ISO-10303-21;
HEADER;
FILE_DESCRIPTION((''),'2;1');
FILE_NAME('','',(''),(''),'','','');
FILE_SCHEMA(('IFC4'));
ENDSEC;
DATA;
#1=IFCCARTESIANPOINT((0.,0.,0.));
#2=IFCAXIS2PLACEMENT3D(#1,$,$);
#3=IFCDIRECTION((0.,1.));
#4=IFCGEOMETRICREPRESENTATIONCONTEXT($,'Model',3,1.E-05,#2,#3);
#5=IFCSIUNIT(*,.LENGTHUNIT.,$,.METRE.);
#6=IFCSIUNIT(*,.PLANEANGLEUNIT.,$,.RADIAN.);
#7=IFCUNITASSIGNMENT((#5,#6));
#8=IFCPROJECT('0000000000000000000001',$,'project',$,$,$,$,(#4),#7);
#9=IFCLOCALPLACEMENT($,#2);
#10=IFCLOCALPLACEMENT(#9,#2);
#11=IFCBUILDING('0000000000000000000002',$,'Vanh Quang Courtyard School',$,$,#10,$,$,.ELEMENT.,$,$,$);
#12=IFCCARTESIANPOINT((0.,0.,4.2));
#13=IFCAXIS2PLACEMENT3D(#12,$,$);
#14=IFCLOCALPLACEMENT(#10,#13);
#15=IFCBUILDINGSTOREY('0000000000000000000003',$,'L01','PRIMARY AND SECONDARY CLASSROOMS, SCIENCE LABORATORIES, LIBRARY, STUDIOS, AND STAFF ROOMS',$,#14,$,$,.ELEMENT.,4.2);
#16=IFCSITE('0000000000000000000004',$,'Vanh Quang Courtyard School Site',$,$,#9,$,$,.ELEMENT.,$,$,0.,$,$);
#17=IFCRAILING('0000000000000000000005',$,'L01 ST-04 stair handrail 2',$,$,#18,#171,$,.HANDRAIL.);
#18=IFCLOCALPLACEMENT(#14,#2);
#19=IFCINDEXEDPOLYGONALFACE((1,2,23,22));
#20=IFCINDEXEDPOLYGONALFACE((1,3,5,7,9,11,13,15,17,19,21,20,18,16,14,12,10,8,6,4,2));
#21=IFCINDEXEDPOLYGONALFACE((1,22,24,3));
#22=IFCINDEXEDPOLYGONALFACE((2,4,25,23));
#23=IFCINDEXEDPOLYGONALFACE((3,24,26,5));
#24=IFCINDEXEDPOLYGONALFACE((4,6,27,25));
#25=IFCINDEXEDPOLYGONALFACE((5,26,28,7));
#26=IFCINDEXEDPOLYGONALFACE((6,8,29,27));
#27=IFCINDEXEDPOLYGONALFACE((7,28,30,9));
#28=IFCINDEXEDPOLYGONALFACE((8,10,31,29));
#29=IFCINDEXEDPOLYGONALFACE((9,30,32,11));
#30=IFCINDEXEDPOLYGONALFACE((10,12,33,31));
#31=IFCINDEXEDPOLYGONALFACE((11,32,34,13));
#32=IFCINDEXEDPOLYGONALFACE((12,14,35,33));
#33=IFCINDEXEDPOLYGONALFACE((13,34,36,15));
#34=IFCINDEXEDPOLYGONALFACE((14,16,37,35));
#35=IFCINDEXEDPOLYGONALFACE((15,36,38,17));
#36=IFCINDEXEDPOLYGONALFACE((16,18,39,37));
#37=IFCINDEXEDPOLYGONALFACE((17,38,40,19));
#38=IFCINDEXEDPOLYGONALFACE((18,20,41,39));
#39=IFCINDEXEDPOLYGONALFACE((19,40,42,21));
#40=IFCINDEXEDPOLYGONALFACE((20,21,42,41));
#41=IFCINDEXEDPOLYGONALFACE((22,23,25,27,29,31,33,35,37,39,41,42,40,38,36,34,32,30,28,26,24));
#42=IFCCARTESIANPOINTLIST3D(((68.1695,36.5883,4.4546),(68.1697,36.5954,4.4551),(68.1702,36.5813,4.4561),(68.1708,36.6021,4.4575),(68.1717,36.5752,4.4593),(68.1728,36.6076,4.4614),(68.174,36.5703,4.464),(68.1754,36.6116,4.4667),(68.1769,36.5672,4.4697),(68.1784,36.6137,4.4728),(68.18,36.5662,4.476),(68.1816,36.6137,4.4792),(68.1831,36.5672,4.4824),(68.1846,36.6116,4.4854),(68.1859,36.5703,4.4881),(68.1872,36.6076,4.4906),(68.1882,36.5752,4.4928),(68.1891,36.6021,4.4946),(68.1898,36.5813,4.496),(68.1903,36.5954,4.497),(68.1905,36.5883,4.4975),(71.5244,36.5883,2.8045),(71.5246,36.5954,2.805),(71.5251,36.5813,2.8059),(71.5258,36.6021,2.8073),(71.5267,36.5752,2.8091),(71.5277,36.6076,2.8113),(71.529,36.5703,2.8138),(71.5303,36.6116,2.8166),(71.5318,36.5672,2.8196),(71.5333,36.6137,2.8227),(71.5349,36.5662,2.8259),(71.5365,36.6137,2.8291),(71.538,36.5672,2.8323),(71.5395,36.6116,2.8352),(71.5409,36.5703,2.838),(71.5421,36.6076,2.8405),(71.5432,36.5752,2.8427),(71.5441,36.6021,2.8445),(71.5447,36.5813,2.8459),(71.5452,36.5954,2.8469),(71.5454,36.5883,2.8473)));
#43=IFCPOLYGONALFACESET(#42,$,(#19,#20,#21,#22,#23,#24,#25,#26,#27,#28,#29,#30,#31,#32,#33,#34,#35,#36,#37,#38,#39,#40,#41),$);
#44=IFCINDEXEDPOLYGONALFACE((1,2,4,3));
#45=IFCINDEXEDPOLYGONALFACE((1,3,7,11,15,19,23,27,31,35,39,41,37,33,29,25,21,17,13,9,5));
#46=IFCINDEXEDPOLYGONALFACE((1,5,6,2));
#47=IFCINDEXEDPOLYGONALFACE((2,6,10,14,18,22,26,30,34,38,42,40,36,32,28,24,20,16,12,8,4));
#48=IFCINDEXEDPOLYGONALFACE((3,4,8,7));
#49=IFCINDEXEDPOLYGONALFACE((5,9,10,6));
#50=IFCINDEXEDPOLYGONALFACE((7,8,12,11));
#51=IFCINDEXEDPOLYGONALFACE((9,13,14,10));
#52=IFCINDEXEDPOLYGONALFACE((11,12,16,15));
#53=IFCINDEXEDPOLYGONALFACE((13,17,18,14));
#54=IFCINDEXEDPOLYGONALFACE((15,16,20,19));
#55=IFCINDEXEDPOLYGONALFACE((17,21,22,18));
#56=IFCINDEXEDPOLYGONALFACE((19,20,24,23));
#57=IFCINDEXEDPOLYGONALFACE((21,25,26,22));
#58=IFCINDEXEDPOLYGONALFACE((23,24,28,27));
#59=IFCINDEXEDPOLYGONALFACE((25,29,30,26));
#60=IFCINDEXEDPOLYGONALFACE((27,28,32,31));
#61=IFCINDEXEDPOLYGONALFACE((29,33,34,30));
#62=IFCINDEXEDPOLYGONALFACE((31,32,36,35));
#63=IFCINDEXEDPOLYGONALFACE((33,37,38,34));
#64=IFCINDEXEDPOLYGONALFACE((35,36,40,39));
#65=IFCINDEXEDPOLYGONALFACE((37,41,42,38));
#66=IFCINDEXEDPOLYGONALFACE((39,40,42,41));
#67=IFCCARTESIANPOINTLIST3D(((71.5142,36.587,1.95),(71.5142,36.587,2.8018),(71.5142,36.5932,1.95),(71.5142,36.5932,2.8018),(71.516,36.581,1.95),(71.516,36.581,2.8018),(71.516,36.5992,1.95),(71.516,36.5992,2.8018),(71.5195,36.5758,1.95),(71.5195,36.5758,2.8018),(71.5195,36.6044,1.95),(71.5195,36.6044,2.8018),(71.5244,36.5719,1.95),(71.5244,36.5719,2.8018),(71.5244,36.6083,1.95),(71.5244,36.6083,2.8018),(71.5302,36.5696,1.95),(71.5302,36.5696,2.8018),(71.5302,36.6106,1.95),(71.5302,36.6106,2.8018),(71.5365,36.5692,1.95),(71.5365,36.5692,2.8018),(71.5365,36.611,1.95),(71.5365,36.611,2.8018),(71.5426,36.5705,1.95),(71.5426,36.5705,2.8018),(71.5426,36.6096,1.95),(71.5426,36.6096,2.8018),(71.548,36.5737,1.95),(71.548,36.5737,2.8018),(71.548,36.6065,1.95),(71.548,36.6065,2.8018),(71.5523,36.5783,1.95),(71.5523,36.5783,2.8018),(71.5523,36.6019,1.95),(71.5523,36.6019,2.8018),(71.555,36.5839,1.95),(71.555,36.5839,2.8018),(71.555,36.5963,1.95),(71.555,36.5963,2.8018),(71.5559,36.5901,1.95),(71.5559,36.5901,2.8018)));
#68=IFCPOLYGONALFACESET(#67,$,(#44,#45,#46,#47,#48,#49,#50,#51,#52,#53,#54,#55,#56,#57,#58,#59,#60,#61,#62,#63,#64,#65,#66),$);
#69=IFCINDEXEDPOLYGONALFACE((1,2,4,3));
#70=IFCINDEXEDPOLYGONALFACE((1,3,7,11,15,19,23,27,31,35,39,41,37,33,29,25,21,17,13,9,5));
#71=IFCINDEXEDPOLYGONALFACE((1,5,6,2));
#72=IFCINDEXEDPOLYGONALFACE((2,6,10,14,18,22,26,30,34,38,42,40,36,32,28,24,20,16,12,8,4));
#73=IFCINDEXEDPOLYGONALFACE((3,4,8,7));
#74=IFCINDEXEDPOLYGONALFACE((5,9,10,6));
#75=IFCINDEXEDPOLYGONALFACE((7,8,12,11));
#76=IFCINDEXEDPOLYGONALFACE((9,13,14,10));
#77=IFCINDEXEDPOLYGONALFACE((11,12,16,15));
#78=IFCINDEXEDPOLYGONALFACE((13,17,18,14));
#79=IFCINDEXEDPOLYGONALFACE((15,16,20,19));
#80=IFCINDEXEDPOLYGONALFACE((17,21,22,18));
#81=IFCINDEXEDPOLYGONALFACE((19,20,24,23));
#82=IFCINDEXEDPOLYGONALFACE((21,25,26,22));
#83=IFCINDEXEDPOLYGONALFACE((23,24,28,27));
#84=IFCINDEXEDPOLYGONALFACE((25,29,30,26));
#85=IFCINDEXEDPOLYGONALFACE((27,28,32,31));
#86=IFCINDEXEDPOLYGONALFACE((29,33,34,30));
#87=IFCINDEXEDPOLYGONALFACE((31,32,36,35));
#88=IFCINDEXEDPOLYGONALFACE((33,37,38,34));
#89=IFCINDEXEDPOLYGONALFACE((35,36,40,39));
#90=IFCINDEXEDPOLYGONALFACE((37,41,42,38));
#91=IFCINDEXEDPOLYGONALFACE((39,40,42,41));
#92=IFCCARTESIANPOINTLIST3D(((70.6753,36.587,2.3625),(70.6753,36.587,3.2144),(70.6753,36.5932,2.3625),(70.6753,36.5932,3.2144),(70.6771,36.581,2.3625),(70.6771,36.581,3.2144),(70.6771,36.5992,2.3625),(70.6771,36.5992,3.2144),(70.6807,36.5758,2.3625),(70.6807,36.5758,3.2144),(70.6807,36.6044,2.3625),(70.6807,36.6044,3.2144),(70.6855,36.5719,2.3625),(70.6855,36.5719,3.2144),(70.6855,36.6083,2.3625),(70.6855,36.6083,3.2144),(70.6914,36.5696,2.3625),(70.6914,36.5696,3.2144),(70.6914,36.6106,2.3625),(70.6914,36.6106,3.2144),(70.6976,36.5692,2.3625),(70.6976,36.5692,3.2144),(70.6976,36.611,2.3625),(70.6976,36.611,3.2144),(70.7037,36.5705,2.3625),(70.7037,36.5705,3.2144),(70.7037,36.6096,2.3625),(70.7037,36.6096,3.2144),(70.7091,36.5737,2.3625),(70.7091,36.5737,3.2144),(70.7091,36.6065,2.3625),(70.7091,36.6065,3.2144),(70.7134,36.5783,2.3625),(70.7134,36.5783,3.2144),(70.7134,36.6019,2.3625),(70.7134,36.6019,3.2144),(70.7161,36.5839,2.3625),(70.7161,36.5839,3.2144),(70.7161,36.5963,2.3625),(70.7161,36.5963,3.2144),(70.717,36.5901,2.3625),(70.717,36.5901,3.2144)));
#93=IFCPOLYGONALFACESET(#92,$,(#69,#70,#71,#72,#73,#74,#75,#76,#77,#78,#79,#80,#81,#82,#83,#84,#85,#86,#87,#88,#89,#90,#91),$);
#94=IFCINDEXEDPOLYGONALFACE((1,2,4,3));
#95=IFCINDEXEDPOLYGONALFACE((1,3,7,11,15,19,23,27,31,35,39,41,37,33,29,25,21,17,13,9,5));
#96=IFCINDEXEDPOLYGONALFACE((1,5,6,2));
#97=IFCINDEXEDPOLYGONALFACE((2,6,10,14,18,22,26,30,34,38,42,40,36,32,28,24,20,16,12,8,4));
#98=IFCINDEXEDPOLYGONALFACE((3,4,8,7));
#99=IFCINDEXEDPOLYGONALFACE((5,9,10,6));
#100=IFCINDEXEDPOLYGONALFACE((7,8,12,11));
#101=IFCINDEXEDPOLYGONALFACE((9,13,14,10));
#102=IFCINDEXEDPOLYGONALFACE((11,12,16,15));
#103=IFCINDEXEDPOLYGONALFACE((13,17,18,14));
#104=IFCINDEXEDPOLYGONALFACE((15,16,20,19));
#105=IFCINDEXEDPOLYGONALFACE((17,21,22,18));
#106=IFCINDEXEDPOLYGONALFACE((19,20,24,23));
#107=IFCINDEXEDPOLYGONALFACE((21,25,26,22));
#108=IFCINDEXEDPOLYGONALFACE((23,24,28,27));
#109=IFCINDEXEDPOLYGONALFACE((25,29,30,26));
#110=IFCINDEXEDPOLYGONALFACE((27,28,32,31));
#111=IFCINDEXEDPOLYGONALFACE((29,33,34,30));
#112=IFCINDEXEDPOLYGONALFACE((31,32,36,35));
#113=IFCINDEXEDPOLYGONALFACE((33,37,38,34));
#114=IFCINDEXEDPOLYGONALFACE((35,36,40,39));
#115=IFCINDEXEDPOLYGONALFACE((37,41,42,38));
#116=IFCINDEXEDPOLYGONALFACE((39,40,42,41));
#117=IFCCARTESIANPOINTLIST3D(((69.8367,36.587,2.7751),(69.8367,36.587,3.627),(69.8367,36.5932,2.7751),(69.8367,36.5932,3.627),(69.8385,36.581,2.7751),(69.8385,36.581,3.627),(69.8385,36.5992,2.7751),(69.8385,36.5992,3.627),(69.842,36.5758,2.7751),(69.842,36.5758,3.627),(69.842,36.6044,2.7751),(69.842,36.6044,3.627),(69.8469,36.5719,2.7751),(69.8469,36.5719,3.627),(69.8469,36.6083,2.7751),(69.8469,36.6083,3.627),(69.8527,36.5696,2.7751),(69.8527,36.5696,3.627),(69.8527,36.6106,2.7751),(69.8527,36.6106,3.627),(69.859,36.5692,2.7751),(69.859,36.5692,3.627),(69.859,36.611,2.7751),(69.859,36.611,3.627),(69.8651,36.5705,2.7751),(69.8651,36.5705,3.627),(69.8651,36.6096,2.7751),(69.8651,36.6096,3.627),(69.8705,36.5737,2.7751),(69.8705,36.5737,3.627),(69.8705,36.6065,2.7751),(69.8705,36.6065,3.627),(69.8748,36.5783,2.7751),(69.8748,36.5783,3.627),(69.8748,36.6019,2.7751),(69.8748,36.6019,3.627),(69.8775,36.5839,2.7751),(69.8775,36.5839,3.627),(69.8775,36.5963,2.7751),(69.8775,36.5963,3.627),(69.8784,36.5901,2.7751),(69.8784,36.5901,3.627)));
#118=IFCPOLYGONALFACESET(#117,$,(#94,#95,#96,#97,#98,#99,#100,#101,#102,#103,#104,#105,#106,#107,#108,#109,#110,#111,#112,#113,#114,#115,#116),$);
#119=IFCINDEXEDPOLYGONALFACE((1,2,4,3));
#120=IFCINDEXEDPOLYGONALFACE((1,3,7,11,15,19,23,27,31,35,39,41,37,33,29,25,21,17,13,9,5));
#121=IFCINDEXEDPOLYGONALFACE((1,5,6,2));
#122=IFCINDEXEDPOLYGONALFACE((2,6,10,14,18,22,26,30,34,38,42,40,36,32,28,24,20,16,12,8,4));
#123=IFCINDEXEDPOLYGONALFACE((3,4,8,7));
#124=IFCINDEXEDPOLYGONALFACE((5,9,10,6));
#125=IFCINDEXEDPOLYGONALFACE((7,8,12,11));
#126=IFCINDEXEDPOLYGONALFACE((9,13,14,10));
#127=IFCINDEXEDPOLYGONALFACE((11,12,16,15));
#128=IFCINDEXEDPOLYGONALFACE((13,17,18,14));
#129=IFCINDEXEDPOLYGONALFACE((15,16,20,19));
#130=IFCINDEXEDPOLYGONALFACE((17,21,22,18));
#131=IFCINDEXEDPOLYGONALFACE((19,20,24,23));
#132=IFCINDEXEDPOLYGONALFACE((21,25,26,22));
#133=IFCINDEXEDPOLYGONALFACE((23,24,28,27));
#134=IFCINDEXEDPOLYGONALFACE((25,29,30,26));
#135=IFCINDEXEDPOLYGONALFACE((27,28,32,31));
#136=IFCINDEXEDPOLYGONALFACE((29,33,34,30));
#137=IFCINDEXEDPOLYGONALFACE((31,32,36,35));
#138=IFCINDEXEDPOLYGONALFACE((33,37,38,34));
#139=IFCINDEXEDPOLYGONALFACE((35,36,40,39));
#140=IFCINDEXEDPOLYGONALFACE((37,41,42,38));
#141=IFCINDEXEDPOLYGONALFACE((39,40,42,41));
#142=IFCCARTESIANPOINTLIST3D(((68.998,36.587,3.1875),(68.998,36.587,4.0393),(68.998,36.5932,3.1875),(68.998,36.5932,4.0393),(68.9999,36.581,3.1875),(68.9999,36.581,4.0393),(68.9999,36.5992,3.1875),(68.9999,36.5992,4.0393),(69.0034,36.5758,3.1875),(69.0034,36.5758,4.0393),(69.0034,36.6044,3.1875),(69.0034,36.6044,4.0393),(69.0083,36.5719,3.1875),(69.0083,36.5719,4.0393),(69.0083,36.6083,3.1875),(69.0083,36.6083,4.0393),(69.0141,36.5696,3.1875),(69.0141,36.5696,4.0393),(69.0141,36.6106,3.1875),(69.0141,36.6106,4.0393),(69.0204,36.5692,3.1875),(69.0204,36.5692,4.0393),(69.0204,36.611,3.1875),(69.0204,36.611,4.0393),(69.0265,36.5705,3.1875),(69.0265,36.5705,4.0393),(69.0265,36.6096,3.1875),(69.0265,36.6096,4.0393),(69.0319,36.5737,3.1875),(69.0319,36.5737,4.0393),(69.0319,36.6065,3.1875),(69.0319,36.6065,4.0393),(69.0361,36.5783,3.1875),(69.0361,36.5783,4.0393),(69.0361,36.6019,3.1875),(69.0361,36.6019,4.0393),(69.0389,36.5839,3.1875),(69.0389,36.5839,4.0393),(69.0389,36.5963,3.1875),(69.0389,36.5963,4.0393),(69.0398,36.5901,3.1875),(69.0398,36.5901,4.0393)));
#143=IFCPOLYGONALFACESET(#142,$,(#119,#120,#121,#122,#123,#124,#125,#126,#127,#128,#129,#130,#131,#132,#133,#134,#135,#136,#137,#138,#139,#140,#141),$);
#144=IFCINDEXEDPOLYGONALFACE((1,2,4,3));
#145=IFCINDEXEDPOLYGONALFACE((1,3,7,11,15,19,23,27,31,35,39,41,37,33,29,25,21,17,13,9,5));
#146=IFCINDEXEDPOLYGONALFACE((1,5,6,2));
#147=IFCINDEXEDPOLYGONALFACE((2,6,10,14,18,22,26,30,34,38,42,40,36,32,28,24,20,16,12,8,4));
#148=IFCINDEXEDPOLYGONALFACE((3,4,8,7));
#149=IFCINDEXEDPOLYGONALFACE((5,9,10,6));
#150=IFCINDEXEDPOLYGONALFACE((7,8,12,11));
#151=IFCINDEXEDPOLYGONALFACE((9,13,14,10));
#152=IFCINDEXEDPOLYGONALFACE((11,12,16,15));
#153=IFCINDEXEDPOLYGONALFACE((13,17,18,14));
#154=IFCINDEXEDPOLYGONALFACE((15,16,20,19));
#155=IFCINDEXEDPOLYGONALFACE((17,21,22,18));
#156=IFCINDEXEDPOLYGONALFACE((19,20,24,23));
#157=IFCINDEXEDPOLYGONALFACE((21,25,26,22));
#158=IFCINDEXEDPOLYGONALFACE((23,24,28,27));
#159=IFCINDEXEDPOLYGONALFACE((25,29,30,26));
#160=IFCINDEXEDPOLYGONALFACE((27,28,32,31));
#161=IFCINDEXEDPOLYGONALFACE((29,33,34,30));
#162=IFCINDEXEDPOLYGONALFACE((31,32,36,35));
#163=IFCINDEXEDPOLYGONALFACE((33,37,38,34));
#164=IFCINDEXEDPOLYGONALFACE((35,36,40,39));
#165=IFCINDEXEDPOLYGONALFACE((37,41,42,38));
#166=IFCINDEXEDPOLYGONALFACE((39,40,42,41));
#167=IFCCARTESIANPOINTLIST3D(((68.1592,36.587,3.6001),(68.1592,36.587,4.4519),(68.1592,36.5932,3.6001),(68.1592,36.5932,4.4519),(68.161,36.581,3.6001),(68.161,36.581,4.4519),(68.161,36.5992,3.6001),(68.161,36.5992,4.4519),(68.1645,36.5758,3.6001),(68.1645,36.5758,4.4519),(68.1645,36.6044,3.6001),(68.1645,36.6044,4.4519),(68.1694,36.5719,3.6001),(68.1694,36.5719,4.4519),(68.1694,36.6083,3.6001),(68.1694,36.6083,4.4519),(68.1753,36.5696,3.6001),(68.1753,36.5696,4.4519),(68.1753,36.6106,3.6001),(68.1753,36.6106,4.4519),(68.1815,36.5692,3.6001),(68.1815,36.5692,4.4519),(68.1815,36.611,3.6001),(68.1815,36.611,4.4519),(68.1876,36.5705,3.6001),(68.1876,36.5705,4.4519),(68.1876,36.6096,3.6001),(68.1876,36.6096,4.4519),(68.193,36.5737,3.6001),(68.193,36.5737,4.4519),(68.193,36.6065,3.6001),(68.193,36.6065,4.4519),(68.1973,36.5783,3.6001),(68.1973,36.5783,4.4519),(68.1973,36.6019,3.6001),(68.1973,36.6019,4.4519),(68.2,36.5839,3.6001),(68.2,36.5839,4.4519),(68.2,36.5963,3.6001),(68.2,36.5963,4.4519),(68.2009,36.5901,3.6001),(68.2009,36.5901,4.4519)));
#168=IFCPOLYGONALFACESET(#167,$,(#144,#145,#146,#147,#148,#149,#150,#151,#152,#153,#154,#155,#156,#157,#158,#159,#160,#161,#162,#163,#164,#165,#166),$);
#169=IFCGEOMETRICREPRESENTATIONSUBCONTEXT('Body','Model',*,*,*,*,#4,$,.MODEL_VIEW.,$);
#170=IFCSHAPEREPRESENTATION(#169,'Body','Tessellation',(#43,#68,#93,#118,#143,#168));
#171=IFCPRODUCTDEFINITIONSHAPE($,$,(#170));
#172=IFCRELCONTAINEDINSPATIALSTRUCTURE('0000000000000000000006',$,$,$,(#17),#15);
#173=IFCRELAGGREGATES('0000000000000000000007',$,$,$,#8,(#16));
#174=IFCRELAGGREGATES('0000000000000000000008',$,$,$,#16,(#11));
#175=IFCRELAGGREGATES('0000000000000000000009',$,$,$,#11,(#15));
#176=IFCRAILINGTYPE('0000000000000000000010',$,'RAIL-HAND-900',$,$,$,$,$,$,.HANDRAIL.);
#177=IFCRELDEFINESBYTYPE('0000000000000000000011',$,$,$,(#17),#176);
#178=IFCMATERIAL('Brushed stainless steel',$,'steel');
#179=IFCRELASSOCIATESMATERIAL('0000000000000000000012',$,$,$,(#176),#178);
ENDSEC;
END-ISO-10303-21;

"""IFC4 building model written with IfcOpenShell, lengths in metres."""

from ifc_helpers import new_model, si_unit, direction, frame, origin, origin_2d, place, context, subcontext, project, spatial, circle, extrude, material, type_object, element, save


model = new_model("IFC4")

# Units and contexts
model_context = context("Model", 3, precision=1e-05, world=origin(), true_north=direction((0.0, 1.0)))
body_context = subcontext(model_context, "Body", "Model", "MODEL_VIEW")
ifc_project = project(units=[si_unit("LENGTHUNIT", "METRE"), si_unit("PLANEANGLEUNIT", "RADIAN")], contexts=[model_context])

# Site, building, storey
site_placement = place(None, origin())
site = spatial("IfcSite", under=ifc_project, at=site_placement, Name="Vanh Quang Courtyard School Site", CompositionType="ELEMENT", RefElevation=0.0)
building_placement = place(site_placement, origin())
building = spatial("IfcBuilding", under=site, at=building_placement, Name="Vanh Quang Courtyard School", CompositionType="ELEMENT")
storey_placement = place(building_placement, frame((0.0, 0.0, 4.2)))
storey = spatial("IfcBuildingStorey", under=building, at=storey_placement, Name="L01", Description="PRIMARY AND SECONDARY CLASSROOMS, SCIENCE LABORATORIES, LIBRARY, STUDIOS, AND STAFF ROOMS", CompositionType="ELEMENT", Elevation=4.2)

# Railing
ifc_material_1 = material(Name="Brushed stainless steel", Category="steel")
railing_type_1 = type_object("IfcRailingType", Name="RAIL-HAND-900", PredefinedType="HANDRAIL", material=ifc_material_1)
railing_1_placement = place(storey_placement, frame((71.5349, 36.5901, 1.95)))
element("IfcRailing", 1, at=railing_1_placement, inside=storey, type_object=railing_type_1, Name="L01 ST-04 stair handrail 2", PredefinedType="HANDRAIL", context=body_context, shape_type="SweptSolid", body=[
    extrude(circle(Radius=0.0239, at=origin_2d()), frame((0.0, 0.0, 0.876), z_axis=(-0.897333, 0.0, 0.441353), x_axis=(0.0, -1.0, 0.0)), (0.0, 0.0, 1.0), 3.7388),
    extrude(circle(Radius=0.021, at=origin_2d()), origin(), (0.0, 0.0, 1.0), 0.8518),
    extrude(circle(Radius=0.021, at=origin_2d()), frame((-0.8389, 0.0, 0.4126)), (0.0, 0.0, 1.0), 0.8518),
    extrude(circle(Radius=0.021, at=origin_2d()), frame((-1.6775, 0.0, 0.8252)), (0.0, 0.0, 1.0), 0.8518),
    extrude(circle(Radius=0.021, at=origin_2d()), frame((-2.5161, 0.0, 1.2375)), (0.0, 0.0, 1.0), 0.8518),
    extrude(circle(Radius=0.021, at=origin_2d()), frame((-3.355, 0.0, 1.6501)), (0.0, 0.0, 1.0), 0.8518),
])

save(model, "model.ifc")
